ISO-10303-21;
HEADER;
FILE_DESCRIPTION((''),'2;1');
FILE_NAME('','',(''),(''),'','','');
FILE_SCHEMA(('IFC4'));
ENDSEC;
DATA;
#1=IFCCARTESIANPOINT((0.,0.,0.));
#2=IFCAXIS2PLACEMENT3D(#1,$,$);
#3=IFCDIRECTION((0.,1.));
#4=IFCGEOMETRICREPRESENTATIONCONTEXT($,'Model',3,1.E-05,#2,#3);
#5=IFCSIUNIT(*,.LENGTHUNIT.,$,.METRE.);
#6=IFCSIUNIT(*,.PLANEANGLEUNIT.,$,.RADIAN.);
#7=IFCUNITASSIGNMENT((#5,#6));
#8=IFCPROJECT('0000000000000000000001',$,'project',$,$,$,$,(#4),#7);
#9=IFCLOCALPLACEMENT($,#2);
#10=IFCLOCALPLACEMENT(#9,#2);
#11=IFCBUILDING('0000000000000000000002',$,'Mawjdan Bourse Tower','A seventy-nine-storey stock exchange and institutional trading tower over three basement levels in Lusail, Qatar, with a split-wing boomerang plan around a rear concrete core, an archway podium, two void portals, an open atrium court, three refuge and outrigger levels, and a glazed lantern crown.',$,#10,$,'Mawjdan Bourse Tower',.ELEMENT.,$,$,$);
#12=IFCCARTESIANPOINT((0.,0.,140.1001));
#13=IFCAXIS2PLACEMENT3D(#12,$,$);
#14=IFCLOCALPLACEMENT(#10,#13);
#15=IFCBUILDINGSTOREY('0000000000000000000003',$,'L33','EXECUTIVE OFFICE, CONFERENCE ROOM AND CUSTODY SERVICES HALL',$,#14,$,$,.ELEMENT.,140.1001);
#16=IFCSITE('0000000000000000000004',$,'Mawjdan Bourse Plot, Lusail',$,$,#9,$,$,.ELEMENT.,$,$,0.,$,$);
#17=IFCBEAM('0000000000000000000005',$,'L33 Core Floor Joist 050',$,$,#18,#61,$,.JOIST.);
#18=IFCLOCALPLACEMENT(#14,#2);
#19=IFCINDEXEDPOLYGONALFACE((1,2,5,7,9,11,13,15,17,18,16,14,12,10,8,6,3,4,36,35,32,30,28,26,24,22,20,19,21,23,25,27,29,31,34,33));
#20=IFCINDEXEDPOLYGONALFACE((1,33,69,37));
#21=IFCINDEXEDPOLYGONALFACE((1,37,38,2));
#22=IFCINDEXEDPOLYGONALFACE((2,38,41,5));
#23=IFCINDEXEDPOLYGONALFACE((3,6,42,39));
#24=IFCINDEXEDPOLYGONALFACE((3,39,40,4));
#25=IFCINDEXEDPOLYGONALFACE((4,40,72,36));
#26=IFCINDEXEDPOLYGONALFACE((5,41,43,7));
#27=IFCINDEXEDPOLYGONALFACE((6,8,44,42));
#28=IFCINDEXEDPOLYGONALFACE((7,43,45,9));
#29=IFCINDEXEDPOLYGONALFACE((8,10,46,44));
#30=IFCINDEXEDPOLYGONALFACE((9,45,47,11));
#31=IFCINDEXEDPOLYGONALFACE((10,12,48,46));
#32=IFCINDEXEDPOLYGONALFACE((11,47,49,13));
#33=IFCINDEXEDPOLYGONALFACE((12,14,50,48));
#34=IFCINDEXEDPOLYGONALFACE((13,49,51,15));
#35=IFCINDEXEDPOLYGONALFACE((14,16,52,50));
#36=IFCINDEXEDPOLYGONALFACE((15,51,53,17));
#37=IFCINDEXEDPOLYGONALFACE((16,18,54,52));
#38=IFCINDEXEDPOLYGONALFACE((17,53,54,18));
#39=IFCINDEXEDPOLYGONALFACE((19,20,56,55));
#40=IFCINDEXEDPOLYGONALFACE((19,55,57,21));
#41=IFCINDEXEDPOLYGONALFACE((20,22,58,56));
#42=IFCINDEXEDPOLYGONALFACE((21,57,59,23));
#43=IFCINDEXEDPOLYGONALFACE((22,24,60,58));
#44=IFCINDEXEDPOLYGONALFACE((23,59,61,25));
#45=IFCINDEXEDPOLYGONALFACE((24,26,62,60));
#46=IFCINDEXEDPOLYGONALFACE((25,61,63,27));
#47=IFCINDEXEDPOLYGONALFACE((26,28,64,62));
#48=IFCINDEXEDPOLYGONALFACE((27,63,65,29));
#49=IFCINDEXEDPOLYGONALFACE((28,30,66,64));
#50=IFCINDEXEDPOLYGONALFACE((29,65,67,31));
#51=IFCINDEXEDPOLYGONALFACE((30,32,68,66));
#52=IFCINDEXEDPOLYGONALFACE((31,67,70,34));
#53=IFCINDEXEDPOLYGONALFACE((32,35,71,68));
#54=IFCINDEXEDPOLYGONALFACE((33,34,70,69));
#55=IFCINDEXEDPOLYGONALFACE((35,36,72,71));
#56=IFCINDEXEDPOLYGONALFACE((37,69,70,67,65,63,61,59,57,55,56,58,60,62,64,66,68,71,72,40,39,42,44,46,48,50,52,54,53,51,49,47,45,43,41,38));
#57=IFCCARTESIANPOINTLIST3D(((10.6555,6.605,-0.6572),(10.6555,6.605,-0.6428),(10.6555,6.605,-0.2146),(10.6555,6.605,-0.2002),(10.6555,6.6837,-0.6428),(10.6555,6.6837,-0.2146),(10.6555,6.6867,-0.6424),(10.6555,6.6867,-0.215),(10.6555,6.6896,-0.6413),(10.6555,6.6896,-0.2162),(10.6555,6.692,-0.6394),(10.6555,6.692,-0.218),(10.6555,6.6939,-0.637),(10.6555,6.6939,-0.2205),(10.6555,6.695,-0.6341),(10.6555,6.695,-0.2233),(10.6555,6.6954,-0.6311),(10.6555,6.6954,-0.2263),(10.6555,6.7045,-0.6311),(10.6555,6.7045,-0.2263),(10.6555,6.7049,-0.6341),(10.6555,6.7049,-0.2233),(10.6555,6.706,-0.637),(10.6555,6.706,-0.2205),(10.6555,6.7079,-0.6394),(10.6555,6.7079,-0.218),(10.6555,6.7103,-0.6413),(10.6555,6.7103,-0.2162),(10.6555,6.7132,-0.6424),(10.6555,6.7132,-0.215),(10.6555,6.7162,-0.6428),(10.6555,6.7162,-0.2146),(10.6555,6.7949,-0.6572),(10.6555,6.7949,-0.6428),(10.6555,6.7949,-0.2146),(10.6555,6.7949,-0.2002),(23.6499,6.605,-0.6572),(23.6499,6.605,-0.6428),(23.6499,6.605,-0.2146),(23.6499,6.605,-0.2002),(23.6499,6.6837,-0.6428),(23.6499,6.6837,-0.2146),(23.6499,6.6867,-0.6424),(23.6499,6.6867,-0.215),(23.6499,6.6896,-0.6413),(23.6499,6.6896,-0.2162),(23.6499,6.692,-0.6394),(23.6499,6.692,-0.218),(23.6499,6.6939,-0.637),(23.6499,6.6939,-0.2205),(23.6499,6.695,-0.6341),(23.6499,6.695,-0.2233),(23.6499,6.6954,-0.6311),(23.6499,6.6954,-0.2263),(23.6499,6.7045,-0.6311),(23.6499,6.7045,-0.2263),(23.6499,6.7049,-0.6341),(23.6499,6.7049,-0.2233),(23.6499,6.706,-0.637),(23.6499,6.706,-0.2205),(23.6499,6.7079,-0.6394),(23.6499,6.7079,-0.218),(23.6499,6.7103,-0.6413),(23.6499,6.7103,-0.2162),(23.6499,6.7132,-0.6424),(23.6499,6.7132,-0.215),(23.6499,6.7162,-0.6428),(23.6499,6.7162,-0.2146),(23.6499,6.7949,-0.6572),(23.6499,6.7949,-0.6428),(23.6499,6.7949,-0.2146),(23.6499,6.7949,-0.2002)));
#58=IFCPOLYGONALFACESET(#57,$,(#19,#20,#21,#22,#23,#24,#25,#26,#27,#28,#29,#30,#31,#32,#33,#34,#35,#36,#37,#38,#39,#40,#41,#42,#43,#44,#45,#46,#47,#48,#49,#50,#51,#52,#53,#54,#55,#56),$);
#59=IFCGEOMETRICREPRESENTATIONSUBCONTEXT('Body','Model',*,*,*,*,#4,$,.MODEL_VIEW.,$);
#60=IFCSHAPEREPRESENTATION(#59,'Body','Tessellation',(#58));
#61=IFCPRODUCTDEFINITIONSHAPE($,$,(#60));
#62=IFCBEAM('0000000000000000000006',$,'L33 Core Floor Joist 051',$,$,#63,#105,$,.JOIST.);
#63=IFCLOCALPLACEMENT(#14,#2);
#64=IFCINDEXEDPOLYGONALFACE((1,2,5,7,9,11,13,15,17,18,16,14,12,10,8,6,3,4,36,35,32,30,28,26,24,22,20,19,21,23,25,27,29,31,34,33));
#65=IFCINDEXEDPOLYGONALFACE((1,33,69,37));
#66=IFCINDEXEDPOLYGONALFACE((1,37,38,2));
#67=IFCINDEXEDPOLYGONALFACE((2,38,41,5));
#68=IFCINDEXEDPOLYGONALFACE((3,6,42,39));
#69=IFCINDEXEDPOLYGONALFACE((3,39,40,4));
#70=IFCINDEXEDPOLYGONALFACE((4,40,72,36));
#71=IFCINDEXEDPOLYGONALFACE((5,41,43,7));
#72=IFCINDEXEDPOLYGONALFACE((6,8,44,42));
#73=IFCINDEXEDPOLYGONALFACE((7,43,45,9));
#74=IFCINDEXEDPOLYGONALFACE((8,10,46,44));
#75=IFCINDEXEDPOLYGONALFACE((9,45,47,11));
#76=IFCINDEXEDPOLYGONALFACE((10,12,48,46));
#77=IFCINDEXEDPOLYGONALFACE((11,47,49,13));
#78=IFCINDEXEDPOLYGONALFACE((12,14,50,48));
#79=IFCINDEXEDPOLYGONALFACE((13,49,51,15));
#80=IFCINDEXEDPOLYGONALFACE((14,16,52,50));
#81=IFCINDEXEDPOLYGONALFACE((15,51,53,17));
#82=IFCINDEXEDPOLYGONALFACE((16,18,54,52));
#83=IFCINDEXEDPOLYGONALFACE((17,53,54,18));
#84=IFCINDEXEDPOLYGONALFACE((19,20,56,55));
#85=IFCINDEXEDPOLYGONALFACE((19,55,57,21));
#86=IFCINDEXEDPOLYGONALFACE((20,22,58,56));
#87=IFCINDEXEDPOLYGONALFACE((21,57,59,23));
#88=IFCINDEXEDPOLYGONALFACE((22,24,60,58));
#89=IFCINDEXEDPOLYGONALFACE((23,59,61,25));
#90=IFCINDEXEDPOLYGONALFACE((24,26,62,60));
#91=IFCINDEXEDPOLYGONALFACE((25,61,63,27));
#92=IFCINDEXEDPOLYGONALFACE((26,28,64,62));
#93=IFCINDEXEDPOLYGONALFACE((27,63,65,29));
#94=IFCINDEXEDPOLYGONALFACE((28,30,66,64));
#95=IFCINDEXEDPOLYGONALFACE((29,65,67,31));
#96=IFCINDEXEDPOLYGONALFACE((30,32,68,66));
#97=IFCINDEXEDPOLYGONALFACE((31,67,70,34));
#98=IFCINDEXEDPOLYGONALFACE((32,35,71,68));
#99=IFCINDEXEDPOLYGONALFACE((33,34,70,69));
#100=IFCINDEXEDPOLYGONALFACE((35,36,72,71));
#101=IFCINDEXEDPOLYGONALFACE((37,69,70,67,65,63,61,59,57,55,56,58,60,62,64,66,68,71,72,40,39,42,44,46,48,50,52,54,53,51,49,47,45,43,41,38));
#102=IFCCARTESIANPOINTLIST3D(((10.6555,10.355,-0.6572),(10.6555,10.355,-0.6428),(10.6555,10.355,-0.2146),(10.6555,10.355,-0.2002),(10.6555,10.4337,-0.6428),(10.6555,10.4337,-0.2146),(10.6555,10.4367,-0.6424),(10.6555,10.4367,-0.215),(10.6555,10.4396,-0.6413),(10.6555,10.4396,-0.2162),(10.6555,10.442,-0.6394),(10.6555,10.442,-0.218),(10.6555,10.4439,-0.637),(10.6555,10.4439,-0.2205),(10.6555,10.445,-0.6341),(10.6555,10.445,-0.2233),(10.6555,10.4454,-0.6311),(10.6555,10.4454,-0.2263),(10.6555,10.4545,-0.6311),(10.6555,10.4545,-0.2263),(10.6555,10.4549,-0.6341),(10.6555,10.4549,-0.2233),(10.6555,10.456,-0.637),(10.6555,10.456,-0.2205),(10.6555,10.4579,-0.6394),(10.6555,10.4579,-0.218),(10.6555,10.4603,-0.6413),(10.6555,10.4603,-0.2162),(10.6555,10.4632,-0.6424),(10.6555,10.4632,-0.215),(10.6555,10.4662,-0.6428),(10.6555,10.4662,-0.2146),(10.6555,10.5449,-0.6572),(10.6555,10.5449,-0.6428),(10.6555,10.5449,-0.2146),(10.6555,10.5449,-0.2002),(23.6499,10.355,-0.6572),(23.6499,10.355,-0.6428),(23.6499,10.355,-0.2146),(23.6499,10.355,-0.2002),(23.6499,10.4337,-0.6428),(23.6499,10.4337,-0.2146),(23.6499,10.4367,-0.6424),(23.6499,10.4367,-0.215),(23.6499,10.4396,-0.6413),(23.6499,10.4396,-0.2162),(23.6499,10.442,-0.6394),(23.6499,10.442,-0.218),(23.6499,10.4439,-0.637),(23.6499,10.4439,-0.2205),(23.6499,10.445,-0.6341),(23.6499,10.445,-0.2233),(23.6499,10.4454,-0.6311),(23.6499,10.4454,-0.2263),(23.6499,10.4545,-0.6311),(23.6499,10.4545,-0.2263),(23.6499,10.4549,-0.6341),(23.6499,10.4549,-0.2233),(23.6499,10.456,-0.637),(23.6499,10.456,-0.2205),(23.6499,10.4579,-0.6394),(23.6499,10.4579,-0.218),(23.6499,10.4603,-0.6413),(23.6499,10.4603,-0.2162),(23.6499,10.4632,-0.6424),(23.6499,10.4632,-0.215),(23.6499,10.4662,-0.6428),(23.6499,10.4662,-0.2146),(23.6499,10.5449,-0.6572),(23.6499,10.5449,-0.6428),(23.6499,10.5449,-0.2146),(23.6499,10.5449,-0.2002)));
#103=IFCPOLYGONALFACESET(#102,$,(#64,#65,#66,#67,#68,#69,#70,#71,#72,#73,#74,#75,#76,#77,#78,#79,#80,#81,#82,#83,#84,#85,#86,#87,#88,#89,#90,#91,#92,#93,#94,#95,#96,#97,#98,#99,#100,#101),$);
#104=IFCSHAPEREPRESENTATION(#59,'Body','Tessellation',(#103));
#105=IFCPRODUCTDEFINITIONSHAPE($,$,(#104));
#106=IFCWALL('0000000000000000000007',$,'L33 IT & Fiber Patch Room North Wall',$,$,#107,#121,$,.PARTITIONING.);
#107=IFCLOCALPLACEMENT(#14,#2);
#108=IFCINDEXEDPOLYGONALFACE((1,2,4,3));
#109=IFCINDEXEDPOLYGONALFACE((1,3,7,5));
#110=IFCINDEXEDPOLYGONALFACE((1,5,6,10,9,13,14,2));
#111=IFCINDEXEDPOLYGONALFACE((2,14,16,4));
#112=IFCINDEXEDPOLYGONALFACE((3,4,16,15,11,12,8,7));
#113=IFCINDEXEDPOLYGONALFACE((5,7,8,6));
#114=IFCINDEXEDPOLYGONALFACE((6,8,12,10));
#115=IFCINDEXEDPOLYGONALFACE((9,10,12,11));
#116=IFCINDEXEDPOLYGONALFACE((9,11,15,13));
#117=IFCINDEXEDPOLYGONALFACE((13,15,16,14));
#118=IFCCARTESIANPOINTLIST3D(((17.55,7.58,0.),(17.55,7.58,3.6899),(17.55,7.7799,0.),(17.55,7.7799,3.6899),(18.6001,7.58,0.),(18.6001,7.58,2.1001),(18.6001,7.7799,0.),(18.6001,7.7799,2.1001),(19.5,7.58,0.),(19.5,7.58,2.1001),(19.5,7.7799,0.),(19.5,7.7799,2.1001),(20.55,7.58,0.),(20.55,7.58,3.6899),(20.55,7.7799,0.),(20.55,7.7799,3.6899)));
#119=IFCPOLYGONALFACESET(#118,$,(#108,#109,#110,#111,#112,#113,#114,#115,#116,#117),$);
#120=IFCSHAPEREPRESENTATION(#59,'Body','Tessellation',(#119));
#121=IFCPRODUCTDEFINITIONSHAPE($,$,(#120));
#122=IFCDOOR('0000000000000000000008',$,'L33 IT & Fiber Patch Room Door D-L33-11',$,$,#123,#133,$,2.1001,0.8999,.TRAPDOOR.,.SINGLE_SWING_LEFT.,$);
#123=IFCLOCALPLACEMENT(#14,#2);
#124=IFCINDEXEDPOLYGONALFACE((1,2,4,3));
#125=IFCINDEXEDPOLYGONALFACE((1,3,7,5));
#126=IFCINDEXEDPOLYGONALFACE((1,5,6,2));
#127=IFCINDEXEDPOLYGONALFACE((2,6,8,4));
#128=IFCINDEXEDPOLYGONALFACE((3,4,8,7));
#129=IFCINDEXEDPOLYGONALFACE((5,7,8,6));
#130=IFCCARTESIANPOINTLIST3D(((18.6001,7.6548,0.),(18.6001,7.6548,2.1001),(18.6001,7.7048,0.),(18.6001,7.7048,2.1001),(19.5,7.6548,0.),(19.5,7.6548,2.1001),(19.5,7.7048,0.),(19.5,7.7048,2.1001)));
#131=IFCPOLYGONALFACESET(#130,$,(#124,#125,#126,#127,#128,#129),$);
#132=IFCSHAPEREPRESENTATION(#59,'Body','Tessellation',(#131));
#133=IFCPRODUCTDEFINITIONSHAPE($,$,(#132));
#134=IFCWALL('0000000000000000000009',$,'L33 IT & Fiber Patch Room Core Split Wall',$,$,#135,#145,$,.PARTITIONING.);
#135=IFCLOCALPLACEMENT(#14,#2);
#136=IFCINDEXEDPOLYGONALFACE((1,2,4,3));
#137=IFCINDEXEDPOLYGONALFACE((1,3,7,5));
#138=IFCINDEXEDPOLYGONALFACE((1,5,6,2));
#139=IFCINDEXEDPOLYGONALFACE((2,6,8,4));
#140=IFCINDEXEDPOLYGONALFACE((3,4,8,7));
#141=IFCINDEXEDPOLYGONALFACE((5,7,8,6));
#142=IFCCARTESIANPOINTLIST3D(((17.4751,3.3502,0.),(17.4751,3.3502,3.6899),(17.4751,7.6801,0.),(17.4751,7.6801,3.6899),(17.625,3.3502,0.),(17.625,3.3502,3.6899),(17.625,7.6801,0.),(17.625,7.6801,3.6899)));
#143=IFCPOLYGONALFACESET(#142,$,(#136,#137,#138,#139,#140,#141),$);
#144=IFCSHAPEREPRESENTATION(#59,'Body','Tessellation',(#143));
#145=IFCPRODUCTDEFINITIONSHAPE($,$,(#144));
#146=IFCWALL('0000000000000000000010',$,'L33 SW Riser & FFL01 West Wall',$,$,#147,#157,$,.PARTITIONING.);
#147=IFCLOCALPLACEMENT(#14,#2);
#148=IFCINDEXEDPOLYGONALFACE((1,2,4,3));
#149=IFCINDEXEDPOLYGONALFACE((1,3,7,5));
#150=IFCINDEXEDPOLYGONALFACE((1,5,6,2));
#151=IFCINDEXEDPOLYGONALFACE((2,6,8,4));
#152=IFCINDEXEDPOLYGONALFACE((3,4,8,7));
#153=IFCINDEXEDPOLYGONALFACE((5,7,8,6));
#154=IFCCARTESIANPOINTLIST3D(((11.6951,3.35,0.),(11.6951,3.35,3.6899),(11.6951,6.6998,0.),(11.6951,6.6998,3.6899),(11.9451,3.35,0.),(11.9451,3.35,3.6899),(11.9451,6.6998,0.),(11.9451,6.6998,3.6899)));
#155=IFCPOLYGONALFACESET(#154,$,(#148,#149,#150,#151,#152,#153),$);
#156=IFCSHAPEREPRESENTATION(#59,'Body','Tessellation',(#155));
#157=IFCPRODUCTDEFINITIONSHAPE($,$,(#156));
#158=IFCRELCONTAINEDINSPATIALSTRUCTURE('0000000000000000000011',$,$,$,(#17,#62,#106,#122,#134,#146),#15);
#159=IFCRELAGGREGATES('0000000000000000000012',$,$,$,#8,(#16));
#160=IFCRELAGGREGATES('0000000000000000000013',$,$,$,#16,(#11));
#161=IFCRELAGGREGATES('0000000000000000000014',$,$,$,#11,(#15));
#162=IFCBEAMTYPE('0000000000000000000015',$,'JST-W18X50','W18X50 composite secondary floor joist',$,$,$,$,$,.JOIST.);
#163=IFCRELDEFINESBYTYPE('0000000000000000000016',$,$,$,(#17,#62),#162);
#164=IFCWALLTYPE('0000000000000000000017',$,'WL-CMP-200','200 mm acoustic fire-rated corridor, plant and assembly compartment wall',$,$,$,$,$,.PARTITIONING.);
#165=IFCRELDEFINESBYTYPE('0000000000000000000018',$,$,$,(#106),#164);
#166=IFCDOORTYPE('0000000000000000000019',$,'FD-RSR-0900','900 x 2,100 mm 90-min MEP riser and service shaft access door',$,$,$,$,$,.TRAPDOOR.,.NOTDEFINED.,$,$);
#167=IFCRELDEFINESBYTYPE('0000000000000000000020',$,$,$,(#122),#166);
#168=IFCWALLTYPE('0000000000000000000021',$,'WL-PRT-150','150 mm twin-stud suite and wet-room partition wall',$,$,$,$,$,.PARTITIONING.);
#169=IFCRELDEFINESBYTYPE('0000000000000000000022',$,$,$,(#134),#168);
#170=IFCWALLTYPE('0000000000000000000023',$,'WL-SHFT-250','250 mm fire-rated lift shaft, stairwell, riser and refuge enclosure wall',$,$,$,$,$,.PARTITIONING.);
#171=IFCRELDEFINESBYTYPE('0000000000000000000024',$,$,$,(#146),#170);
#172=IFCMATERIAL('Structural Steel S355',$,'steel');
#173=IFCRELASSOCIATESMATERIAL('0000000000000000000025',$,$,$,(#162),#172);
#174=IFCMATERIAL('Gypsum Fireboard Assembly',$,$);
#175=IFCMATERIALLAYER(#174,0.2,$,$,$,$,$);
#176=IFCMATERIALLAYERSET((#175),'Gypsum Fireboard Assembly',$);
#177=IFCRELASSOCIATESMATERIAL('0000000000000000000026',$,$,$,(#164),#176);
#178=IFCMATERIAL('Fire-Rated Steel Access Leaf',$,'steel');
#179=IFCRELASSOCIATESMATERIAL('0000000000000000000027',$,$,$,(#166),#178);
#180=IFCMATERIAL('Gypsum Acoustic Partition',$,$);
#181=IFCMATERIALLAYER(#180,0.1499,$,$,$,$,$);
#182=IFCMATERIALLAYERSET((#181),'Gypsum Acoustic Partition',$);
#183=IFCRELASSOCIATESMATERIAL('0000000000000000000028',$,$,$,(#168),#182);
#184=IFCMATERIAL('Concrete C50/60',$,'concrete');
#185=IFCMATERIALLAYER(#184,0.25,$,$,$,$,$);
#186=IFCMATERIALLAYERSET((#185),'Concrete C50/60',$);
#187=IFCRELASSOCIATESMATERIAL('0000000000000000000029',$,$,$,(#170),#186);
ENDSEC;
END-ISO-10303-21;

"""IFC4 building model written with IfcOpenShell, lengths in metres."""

from ifc_helpers import new_model, si_unit, direction, frame, frame_2d, origin, origin_2d, place, context, subcontext, project, spatial, rectangle, i_section, extrude, material, layer, layer_set, material_profile, profile_set, type_object, element, fill, save


model = new_model("IFC4")

# Units and contexts
model_context = context("Model", 3, precision=1e-05, world=origin(), true_north=direction((0.0, 1.0)))
body_context = subcontext(model_context, "Body", "Model", "MODEL_VIEW")
ifc_project = project(units=[si_unit("LENGTHUNIT", "METRE"), si_unit("PLANEANGLEUNIT", "RADIAN")], contexts=[model_context])

# Site, building, storey
site_placement = place(None, origin())
site = spatial("IfcSite", under=ifc_project, at=site_placement, Name="Mawjdan Bourse Plot, Lusail", CompositionType="ELEMENT", RefElevation=0.0)
building_placement = place(site_placement, origin())
building = spatial("IfcBuilding", under=site, at=building_placement, Name="Mawjdan Bourse Tower", Description="A seventy-nine-storey stock exchange and institutional trading tower over three basement levels in Lusail, Qatar, with a split-wing boomerang plan around a rear concrete core, an archway podium, two void portals, an open atrium court, three refuge and outrigger levels, and a glazed lantern crown.", LongName="Mawjdan Bourse Tower", CompositionType="ELEMENT")
storey_placement = place(building_placement, frame((0.0, 0.0, 140.1001)))
storey = spatial("IfcBuildingStorey", under=building, at=storey_placement, Name="L33", Description="EXECUTIVE OFFICE, CONFERENCE ROOM AND CUSTODY SERVICES HALL", CompositionType="ELEMENT", Elevation=140.1001)

# Beams
ifc_material_1 = material(Name="Structural Steel S355", Category="steel")
ifc_material_profile = material_profile(ifc_material_1, i_section(OverallWidth=0.1899, OverallDepth=0.457, WebThickness=0.009, FlangeThickness=0.0144, FilletRadius=0.0117, at=origin_2d()), Name="W18X50")
ifc_profile_set = profile_set([ifc_material_profile], Name="Structural Steel S355")
beam_type = type_object("IfcBeamType", Name="JST-W18X50", Description="W18X50 composite secondary floor joist", PredefinedType="JOIST", material=ifc_profile_set)
for number, where, z_axis, x_axis, name in (
    (1, (10.6555, 6.7, -0.4287), (1.0, 0.0, 0.0), (0.0, 1.0, 0.0), "L33 Core Floor Joist 050"),
    (2, (10.6555, 10.45, -0.4287), (1.0, 0.0, 0.0), (0.0, 1.0, 0.0), "L33 Core Floor Joist 051"),
):
    element("IfcBeam", number, at=place(storey_placement, frame(where, z_axis=z_axis, x_axis=x_axis)), inside=storey, type_object=beam_type, Name=name, PredefinedType="JOIST", context=body_context, shape_type="SweptSolid", body=[
        extrude(i_section(OverallWidth=0.1899, OverallDepth=0.457, WebThickness=0.009, FlangeThickness=0.0144, FilletRadius=0.0117, at=origin_2d()), origin(), (0.0, 0.0, 1.0), 12.9944),
    ])

# Wall, opening, door
ifc_material_2 = material(Name="Gypsum Fireboard Assembly")
ifc_layer_1 = layer(ifc_material_2, 0.2)
ifc_layer_set_1 = layer_set([ifc_layer_1], Name="Gypsum Fireboard Assembly")
wall_type_1 = type_object("IfcWallType", Name="WL-CMP-200", Description="200 mm acoustic fire-rated corridor, plant and assembly compartment wall", PredefinedType="PARTITIONING", material=ifc_layer_set_1)
wall_1_placement = place(storey_placement, frame((17.55, 7.6799, 0.0), z_axis=(0.0, 0.0, 1.0), x_axis=(1.0, 0.0, 0.0)))
wall_1 = element("IfcWall", 3, at=wall_1_placement, inside=storey, type_object=wall_type_1, Name="L33 IT & Fiber Patch Room North Wall", PredefinedType="PARTITIONING", context=body_context, shape_type="SweptSolid", body=[
    extrude(rectangle(XDim=3.0, YDim=0.2, at=frame_2d((1.5, 0.0))), origin(), (0.0, 0.0, 1.0), 3.6899),
])
opening_1_placement = place(wall_1_placement, frame((1.05, 0.0, 0.0)))
opening_1 = element("IfcOpeningElement", 4, at=opening_1_placement, cuts=wall_1, PredefinedType="OPENING", context=body_context, shape_type="SweptSolid", body=[
    extrude(rectangle(XDim=0.8999, YDim=2.1001, at=frame_2d((0.45, 1.05))), frame((0.0, 0.1099, 0.0), z_axis=(0.0, -1.0, 0.0), x_axis=(1.0, 0.0, 0.0)), (0.0, 0.0, 1.0), 0.22),
])
ifc_material_3 = material(Name="Fire-Rated Steel Access Leaf", Category="steel")
door_type_1 = type_object("IfcDoorType", Name="FD-RSR-0900", Description="900 x 2,100 mm 90-min MEP riser and service shaft access door", OperationType="NOTDEFINED", PredefinedType="TRAPDOOR", material=ifc_material_3)
door_1_placement = place(opening_1_placement, origin())
door_1 = element("IfcDoor", 5, at=door_1_placement, inside=storey, type_object=door_type_1, Name="L33 IT & Fiber Patch Room Door D-L33-11", OperationType="SINGLE_SWING_LEFT", OverallHeight=2.1001, OverallWidth=0.8999, PredefinedType="TRAPDOOR", context=body_context, shape_type="SweptSolid", body=[
    extrude(rectangle(XDim=0.8999, YDim=2.1001, at=frame_2d((0.45, 1.05))), frame((0.0, 0.0249, 0.0), z_axis=(0.0, -1.0, 0.0), x_axis=(1.0, 0.0, 0.0)), (0.0, 0.0, 1.0), 0.05),
])
fill(opening_1, door_1)

# Walls
ifc_material_4 = material(Name="Gypsum Acoustic Partition")
ifc_layer_2 = layer(ifc_material_4, 0.1499)
ifc_layer_set_2 = layer_set([ifc_layer_2], Name="Gypsum Acoustic Partition")
wall_type_2 = type_object("IfcWallType", Name="WL-PRT-150", Description="150 mm twin-stud suite and wet-room partition wall", PredefinedType="PARTITIONING", material=ifc_layer_set_2)
wall_2_placement = place(storey_placement, frame((17.55, 3.3501, 0.0), z_axis=(0.0, 0.0, 1.0), x_axis=(0.0, 1.0, 0.0)))
element("IfcWall", 6, at=wall_2_placement, inside=storey, type_object=wall_type_2, Name="L33 IT & Fiber Patch Room Core Split Wall", PredefinedType="PARTITIONING", context=body_context, shape_type="SweptSolid", body=[
    extrude(rectangle(XDim=4.3298, YDim=0.1499, at=frame_2d((2.165, 0.0))), origin(), (0.0, 0.0, 1.0), 3.6899),
])
ifc_material_5 = material(Name="Concrete C50/60", Category="concrete")
ifc_layer_3 = layer(ifc_material_5, 0.25)
ifc_layer_set_3 = layer_set([ifc_layer_3], Name="Concrete C50/60")
wall_type_3 = type_object("IfcWallType", Name="WL-SHFT-250", Description="250 mm fire-rated lift shaft, stairwell, riser and refuge enclosure wall", PredefinedType="PARTITIONING", material=ifc_layer_set_3)
wall_3_placement = place(storey_placement, frame((11.8201, 3.3501, 0.0), z_axis=(0.0, 0.0, 1.0), x_axis=(0.0, 1.0, 0.0)))
element("IfcWall", 7, at=wall_3_placement, inside=storey, type_object=wall_type_3, Name="L33 SW Riser & FFL01 West Wall", PredefinedType="PARTITIONING", context=body_context, shape_type="SweptSolid", body=[
    extrude(rectangle(XDim=3.3499, YDim=0.25, at=frame_2d((1.6748, 0.0))), origin(), (0.0, 0.0, 1.0), 3.6899),
])

save(model, "model.ifc")
